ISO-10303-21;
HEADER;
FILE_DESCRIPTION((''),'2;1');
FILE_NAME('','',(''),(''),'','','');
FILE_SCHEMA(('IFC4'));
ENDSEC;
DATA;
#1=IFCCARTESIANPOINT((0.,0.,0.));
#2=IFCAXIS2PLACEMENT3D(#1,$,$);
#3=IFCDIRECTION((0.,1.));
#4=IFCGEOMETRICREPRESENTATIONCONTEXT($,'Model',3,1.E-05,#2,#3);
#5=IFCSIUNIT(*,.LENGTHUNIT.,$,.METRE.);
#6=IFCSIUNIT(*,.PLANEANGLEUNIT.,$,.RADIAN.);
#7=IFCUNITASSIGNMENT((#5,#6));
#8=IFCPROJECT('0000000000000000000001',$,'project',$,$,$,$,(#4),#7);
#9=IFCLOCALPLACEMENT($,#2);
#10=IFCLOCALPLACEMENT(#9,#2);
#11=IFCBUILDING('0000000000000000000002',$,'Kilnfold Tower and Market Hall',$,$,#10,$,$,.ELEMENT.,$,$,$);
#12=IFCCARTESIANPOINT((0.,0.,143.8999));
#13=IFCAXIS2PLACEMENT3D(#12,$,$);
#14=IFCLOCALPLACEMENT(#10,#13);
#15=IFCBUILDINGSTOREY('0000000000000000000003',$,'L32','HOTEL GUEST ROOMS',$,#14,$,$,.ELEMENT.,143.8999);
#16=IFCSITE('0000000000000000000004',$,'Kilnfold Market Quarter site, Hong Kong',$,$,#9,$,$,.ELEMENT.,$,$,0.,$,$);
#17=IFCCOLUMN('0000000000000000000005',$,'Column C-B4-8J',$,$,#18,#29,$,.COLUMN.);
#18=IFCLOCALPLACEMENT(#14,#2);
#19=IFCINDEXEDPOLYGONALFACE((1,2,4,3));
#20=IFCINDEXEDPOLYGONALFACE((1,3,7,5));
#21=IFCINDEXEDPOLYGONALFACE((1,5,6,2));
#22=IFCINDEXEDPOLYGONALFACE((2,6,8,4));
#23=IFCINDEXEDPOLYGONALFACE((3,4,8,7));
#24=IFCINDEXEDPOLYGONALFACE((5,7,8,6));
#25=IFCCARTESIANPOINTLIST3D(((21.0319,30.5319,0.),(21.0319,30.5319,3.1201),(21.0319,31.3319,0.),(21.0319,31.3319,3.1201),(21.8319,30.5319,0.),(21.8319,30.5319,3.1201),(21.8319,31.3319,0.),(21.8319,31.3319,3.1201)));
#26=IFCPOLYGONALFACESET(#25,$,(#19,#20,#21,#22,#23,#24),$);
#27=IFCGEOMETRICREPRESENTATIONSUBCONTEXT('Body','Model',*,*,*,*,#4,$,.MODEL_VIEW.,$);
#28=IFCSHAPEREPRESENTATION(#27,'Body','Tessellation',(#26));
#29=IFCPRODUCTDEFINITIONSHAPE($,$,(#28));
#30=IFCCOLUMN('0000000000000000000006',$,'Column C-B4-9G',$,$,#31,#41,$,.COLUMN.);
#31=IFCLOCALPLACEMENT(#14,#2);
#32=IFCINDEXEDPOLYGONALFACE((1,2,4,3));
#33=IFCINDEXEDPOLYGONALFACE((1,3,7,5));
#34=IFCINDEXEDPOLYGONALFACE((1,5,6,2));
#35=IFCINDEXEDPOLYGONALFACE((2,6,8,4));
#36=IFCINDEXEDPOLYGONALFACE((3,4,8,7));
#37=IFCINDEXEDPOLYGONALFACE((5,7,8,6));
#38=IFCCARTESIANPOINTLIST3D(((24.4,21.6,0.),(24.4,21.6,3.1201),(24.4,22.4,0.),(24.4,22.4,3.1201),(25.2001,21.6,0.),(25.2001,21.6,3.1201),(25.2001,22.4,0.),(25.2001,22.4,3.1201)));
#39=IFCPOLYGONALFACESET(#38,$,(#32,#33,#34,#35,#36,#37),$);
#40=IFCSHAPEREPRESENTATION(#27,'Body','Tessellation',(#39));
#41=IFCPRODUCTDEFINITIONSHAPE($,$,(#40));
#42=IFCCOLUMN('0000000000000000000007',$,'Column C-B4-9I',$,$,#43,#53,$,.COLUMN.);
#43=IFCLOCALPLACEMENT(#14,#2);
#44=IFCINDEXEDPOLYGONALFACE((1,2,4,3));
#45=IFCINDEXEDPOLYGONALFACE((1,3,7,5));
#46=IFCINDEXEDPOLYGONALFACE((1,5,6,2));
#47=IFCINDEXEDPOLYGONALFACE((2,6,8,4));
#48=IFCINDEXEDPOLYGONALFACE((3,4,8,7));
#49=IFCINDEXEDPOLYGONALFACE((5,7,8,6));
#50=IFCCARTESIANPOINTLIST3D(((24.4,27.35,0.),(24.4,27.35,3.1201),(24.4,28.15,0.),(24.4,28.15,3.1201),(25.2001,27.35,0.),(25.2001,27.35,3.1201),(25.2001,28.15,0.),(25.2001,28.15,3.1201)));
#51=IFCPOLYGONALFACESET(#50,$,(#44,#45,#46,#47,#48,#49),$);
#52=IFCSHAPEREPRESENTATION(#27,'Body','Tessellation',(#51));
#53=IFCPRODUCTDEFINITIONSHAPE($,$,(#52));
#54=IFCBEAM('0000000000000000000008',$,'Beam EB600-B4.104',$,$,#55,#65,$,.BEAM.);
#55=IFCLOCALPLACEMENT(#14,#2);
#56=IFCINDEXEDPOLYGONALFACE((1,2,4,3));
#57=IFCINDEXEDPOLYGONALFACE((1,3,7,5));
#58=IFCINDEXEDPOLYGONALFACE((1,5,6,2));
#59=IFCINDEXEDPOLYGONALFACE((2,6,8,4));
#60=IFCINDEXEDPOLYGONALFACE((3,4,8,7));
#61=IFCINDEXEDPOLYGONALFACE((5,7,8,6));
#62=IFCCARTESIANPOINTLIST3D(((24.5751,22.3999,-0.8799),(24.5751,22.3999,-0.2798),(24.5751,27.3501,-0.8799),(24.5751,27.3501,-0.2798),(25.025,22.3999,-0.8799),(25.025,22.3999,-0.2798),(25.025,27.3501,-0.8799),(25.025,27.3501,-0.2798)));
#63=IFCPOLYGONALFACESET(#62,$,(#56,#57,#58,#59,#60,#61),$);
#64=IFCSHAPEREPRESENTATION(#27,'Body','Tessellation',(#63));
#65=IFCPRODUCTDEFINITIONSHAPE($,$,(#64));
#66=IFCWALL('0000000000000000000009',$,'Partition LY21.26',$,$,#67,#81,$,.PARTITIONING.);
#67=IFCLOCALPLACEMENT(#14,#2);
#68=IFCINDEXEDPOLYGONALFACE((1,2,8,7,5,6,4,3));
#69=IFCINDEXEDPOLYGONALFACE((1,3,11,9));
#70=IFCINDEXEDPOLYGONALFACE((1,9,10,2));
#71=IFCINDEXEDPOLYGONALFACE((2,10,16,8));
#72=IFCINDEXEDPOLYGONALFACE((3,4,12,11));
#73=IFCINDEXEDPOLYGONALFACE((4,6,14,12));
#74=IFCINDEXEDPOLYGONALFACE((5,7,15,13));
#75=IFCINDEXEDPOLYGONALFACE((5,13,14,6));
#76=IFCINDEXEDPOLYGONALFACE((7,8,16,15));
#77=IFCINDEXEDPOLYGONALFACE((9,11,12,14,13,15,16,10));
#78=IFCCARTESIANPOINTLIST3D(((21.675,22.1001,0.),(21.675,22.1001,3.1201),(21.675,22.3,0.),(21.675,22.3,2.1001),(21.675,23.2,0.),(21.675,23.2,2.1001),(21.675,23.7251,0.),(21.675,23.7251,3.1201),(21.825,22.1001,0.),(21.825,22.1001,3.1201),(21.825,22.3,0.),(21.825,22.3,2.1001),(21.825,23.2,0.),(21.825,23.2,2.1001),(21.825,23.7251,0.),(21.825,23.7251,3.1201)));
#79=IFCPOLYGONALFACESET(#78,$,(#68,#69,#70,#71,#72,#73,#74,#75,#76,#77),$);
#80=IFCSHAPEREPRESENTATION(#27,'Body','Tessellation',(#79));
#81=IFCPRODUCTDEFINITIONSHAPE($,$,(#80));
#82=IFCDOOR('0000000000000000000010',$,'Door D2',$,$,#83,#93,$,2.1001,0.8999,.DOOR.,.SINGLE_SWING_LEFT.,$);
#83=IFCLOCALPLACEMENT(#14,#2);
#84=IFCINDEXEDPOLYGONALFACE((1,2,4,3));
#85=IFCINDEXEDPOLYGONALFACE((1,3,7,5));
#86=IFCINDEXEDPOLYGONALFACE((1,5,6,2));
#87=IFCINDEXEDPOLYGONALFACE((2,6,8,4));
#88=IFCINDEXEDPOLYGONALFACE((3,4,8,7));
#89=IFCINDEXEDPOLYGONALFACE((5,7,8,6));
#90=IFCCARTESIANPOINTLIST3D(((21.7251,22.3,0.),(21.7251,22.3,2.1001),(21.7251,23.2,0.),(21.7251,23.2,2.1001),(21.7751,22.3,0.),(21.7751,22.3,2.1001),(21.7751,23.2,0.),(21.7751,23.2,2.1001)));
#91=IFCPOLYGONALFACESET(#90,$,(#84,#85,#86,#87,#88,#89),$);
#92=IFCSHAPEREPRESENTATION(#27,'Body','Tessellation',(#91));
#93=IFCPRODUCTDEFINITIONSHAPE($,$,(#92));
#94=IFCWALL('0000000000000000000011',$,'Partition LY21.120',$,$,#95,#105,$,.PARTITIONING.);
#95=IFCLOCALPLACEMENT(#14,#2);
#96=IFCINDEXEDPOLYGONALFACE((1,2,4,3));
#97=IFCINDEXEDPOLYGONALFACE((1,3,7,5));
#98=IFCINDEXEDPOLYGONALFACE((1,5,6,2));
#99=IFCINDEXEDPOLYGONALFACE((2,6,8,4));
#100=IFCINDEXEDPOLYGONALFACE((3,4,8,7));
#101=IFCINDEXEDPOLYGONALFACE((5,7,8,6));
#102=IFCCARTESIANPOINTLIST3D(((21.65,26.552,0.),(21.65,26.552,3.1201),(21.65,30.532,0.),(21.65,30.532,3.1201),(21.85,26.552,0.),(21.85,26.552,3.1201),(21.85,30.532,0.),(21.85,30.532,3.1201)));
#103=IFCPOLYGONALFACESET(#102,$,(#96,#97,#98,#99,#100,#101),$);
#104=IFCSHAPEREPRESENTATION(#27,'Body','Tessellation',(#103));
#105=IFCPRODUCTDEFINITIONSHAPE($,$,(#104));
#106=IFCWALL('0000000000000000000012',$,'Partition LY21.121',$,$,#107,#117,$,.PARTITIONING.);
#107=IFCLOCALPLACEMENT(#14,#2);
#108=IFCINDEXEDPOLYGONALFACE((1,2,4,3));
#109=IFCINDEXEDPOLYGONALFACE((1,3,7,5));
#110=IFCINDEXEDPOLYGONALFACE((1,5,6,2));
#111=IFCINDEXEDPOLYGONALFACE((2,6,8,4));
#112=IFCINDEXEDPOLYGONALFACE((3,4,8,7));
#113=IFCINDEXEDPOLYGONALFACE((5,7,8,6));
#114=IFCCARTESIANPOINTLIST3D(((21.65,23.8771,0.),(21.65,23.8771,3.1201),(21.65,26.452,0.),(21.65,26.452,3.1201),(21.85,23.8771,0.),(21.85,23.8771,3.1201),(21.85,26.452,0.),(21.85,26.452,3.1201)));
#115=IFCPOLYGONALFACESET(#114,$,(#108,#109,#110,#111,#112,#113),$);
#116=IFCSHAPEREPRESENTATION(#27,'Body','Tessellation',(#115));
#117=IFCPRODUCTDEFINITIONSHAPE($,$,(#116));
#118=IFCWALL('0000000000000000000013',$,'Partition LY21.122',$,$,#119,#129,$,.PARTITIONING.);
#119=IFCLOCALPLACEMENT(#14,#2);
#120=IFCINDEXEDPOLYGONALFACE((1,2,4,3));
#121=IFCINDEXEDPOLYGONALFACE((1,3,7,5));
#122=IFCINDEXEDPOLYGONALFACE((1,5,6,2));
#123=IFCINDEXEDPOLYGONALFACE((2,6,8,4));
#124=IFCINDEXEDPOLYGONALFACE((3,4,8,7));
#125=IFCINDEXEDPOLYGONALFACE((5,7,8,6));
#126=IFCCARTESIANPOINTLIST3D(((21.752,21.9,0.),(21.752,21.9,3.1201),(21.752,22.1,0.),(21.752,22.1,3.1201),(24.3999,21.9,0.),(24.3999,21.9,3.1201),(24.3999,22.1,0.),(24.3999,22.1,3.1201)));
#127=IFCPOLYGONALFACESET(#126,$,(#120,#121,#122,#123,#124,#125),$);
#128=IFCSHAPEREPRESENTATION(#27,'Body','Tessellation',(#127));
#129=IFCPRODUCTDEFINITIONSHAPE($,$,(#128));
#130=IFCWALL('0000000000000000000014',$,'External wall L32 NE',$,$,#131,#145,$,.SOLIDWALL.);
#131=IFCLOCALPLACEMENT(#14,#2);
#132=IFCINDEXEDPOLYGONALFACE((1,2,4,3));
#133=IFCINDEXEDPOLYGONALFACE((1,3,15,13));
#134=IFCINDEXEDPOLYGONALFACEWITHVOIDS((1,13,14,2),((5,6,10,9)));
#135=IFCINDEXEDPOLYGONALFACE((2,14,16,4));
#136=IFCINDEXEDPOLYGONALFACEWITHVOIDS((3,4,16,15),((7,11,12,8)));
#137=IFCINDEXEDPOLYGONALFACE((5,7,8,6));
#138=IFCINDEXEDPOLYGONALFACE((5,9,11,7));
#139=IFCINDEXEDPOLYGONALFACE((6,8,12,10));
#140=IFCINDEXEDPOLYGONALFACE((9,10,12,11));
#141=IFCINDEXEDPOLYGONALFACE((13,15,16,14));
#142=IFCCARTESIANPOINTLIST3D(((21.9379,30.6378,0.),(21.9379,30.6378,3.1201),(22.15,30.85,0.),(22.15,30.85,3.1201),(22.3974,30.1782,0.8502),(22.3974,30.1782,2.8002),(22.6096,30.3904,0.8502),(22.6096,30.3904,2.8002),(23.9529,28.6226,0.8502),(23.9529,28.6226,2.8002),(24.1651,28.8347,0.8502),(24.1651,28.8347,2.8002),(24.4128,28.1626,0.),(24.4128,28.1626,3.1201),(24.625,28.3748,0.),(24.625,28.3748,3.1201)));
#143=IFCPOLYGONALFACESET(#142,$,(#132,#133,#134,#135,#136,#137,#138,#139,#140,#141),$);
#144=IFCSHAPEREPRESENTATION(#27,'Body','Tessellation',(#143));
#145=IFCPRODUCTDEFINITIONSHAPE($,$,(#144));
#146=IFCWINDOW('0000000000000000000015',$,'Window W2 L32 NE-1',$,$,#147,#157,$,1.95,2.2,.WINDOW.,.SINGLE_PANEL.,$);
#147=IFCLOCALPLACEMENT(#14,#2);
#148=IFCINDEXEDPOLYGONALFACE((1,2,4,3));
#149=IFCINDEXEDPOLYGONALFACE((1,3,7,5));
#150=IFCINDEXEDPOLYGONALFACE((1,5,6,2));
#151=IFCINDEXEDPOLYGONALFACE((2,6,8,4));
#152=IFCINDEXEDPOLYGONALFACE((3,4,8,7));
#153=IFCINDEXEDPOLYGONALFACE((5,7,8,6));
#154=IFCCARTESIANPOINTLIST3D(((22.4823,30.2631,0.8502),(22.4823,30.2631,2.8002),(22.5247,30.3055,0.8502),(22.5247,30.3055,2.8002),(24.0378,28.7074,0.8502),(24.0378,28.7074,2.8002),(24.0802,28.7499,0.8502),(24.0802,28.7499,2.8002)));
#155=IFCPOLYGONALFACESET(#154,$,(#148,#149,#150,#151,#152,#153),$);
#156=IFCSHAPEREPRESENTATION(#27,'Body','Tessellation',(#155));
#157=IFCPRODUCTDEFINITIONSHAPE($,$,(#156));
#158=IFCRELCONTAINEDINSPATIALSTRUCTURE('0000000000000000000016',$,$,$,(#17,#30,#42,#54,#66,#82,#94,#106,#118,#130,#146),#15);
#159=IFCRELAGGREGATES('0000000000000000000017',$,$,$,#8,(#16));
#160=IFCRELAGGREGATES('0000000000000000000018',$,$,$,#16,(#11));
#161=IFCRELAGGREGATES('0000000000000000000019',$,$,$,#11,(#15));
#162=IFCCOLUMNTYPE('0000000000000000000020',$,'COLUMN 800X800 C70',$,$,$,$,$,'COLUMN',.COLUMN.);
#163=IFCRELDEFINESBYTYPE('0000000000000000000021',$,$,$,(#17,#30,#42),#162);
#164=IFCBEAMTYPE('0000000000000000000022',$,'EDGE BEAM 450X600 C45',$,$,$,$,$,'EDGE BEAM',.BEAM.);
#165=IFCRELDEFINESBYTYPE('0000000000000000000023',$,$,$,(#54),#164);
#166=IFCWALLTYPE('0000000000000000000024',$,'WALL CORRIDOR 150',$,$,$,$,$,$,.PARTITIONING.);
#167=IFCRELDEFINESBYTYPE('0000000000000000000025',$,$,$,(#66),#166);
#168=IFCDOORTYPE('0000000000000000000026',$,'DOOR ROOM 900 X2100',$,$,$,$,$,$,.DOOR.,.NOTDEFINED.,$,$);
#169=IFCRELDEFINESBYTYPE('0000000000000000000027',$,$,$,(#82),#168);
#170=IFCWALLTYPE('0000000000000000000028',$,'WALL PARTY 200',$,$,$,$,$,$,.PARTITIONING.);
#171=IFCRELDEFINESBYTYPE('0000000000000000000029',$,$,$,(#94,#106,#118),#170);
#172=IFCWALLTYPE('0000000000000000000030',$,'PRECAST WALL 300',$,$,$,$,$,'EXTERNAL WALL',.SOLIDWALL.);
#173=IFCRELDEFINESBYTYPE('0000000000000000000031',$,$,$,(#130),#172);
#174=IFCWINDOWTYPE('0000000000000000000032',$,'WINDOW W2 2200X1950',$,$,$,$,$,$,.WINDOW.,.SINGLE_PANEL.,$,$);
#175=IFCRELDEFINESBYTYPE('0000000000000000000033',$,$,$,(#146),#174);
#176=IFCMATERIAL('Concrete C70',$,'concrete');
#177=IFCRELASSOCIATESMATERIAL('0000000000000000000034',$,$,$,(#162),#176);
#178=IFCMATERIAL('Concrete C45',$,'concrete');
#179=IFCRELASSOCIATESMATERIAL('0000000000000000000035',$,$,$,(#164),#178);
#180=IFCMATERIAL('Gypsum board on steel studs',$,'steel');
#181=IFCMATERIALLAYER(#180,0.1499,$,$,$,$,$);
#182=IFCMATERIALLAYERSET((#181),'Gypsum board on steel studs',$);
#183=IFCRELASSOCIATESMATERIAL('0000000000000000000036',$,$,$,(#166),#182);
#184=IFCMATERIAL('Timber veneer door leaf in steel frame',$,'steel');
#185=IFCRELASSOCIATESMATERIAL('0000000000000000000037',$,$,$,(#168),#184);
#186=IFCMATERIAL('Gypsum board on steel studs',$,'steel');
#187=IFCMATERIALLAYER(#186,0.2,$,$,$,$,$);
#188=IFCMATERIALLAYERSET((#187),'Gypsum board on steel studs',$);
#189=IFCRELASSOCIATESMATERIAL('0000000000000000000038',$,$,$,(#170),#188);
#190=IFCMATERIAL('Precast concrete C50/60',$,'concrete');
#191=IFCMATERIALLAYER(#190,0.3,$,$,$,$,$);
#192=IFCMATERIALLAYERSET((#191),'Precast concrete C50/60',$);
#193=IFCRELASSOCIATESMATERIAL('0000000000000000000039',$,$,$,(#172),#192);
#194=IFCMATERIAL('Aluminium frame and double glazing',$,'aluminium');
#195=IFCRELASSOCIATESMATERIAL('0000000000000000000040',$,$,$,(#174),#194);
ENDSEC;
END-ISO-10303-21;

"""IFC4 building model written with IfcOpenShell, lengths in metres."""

from ifc_helpers import new_model, si_unit, direction, frame, frame_2d, origin, origin_2d, place, context, subcontext, project, spatial, rectangle, extrude, source, transform, mapped, material, layer, layer_set, material_profile, profile_set, type_object, element, fill, save


model = new_model("IFC4")

# Units and contexts
model_context = context("Model", 3, precision=1e-05, world=origin(), true_north=direction((0.0, 1.0)))
body_context = subcontext(model_context, "Body", "Model", "MODEL_VIEW")
ifc_project = project(units=[si_unit("LENGTHUNIT", "METRE"), si_unit("PLANEANGLEUNIT", "RADIAN")], contexts=[model_context])

# Site, building, storey
site_placement = place(None, origin())
site = spatial("IfcSite", under=ifc_project, at=site_placement, Name="Kilnfold Market Quarter site, Hong Kong", CompositionType="ELEMENT", RefElevation=0.0)
building_placement = place(site_placement, origin())
building = spatial("IfcBuilding", under=site, at=building_placement, Name="Kilnfold Tower and Market Hall", CompositionType="ELEMENT")
storey_placement = place(building_placement, frame((0.0, 0.0, 143.8999)))
storey = spatial("IfcBuildingStorey", under=building, at=storey_placement, Name="L32", Description="HOTEL GUEST ROOMS", CompositionType="ELEMENT", Elevation=143.8999)

# Columns
ifc_material_1 = material(Name="Concrete C70", Category="concrete")
ifc_material_profile_1 = material_profile(ifc_material_1, rectangle(XDim=0.8, YDim=0.8, at=origin_2d()), Name="RC 800x800")
ifc_profile_set_1 = profile_set([ifc_material_profile_1], Name="Concrete C70")
column_type = type_object("IfcColumnType", Name="COLUMN 800X800 C70", ElementType="COLUMN", PredefinedType="COLUMN", material=ifc_profile_set_1)
shared_shape_1 = source(origin(), body_context, "Body", "SweptSolid", [
    extrude(rectangle(XDim=0.8, YDim=0.8, at=origin_2d()), origin(), (0.0, 0.0, 1.0), 3.1201),
])
for number, where, z_axis, x_axis, name in (
    (1, (21.4319, 30.9319, 0.0), (0.0, 0.0, 1.0), (1.0, 0.0, 0.0), "Column C-B4-8J"),
    (2, (24.8, 22.0, 0.0), (0.0, 0.0, 1.0), (1.0, 0.0, 0.0), "Column C-B4-9G"),
    (3, (24.8, 27.75, 0.0), (0.0, 0.0, 1.0), (1.0, 0.0, 0.0), "Column C-B4-9I"),
):
    element("IfcColumn", number, at=place(storey_placement, frame(where, z_axis=z_axis, x_axis=x_axis)), inside=storey, type_object=column_type, Name=name, PredefinedType="COLUMN", context=body_context, shape_type="MappedRepresentation", body=[
        mapped(shared_shape_1, transform((0.0, 0.0, 0.0))),
    ])

# Beam
ifc_material_2 = material(Name="Concrete C45", Category="concrete")
ifc_material_profile_2 = material_profile(ifc_material_2, rectangle(XDim=0.45, YDim=0.6001, at=origin_2d()), Name="RC 450x600")
ifc_profile_set_2 = profile_set([ifc_material_profile_2], Name="Concrete C45")
beam_type = type_object("IfcBeamType", Name="EDGE BEAM 450X600 C45", ElementType="EDGE BEAM", PredefinedType="BEAM", material=ifc_profile_set_2)
shared_shape_2 = source(origin(), body_context, "Body", "SweptSolid", [
    extrude(rectangle(XDim=0.45, YDim=0.6001, at=origin_2d()), origin(), (0.0, 0.0, 1.0), 4.9502),
])
beam_placement = place(storey_placement, frame((24.8, 22.3999, -0.5798), z_axis=(0.0, 1.0, 0.0), x_axis=(-1.0, 0.0, 0.0)))
element("IfcBeam", 4, at=beam_placement, inside=storey, type_object=beam_type, Name="Beam EB600-B4.104", PredefinedType="BEAM", context=body_context, shape_type="MappedRepresentation", body=[
    mapped(shared_shape_2, transform((0.0, 0.0, 0.0))),
])

# Wall, opening, door
ifc_material_3 = material(Name="Gypsum board on steel studs", Category="steel")
ifc_layer_1 = layer(ifc_material_3, 0.1499)
ifc_layer_set_1 = layer_set([ifc_layer_1], Name="Gypsum board on steel studs")
wall_type_1 = type_object("IfcWallType", Name="WALL CORRIDOR 150", PredefinedType="PARTITIONING", material=ifc_layer_set_1)
wall_1_placement = place(storey_placement, frame((21.75, 22.1001, 0.0), z_axis=(0.0, 0.0, 1.0), x_axis=(0.0, 1.0, 0.0)))
wall_1 = element("IfcWall", 5, at=wall_1_placement, inside=storey, type_object=wall_type_1, Name="Partition LY21.26", PredefinedType="PARTITIONING", context=body_context, shape_type="SweptSolid", body=[
    extrude(rectangle(XDim=1.625, YDim=0.1499, at=frame_2d((0.8125, 0.0))), origin(), (0.0, 0.0, 1.0), 3.1201),
])
opening_1_placement = place(wall_1_placement, frame((0.2, 0.0, 0.0)))
opening_1 = element("IfcOpeningElement", 6, at=opening_1_placement, cuts=wall_1, PredefinedType="OPENING", context=body_context, shape_type="SweptSolid", body=[
    extrude(rectangle(XDim=0.8999, YDim=2.1001, at=frame_2d((0.45, 1.05))), frame((0.0, 0.085, 0.0), z_axis=(0.0, -1.0, 0.0), x_axis=(1.0, 0.0, 0.0)), (0.0, 0.0, 1.0), 0.1699),
])
ifc_material_4 = material(Name="Timber veneer door leaf in steel frame", Category="steel")
door_type_1 = type_object("IfcDoorType", Name="DOOR ROOM 900 X2100", OperationType="NOTDEFINED", PredefinedType="DOOR", material=ifc_material_4)
door_1_placement = place(opening_1_placement, origin())
door_1 = element("IfcDoor", 7, at=door_1_placement, inside=storey, type_object=door_type_1, Name="Door D2", OperationType="SINGLE_SWING_LEFT", OverallHeight=2.1001, OverallWidth=0.8999, PredefinedType="DOOR", context=body_context, shape_type="SweptSolid", body=[
    extrude(rectangle(XDim=0.8999, YDim=2.1001, at=frame_2d((0.45, 1.05))), frame((0.0, 0.0249, 0.0), z_axis=(0.0, -1.0, 0.0), x_axis=(1.0, 0.0, 0.0)), (0.0, 0.0, 1.0), 0.05),
])
fill(opening_1, door_1)

# Walls
ifc_material_5 = material(Name="Gypsum board on steel studs", Category="steel")
ifc_layer_2 = layer(ifc_material_5, 0.2)
ifc_layer_set_2 = layer_set([ifc_layer_2], Name="Gypsum board on steel studs")
wall_type_2 = type_object("IfcWallType", Name="WALL PARTY 200", PredefinedType="PARTITIONING", material=ifc_layer_set_2)
wall_2_placement = place(storey_placement, frame((21.75, 26.552, 0.0), z_axis=(0.0, 0.0, 1.0), x_axis=(0.0, 1.0, 0.0)))
element("IfcWall", 8, at=wall_2_placement, inside=storey, type_object=wall_type_2, Name="Partition LY21.120", PredefinedType="PARTITIONING", context=body_context, shape_type="SweptSolid", body=[
    extrude(rectangle(XDim=3.98, YDim=0.2, at=frame_2d((1.99, 0.0))), origin(), (0.0, 0.0, 1.0), 3.1201),
])
wall_3_placement = place(storey_placement, frame((21.75, 23.877, 0.0), z_axis=(0.0, 0.0, 1.0), x_axis=(0.0, 1.0, 0.0)))
element("IfcWall", 9, at=wall_3_placement, inside=storey, type_object=wall_type_2, Name="Partition LY21.121", PredefinedType="PARTITIONING", context=body_context, shape_type="SweptSolid", body=[
    extrude(rectangle(XDim=2.575, YDim=0.2, at=frame_2d((1.2876, 0.0))), origin(), (0.0, 0.0, 1.0), 3.1201),
])
wall_4_placement = place(storey_placement, frame((21.752, 22.0, 0.0), z_axis=(0.0, 0.0, 1.0), x_axis=(1.0, 0.0, 0.0)))
element("IfcWall", 10, at=wall_4_placement, inside=storey, type_object=wall_type_2, Name="Partition LY21.122", PredefinedType="PARTITIONING", context=body_context, shape_type="SweptSolid", body=[
    extrude(rectangle(XDim=2.6479, YDim=0.2, at=frame_2d((1.324, 0.0))), origin(), (0.0, 0.0, 1.0), 3.1201),
])

# Wall, opening, window
ifc_material_6 = material(Name="Precast concrete C50/60", Category="concrete")
ifc_layer_3 = layer(ifc_material_6, 0.3)
ifc_layer_set_3 = layer_set([ifc_layer_3], Name="Precast concrete C50/60")
wall_type_3 = type_object("IfcWallType", Name="PRECAST WALL 300", ElementType="EXTERNAL WALL", PredefinedType="SOLIDWALL", material=ifc_layer_set_3)
shared_shape_3 = source(origin(), body_context, "Body", "SweptSolid", [
    extrude(rectangle(XDim=3.5002, YDim=0.3, at=frame_2d((1.75, 0.0))), origin(), (0.0, 0.0, 1.0), 3.1201),
])
wall_5_placement = place(storey_placement, frame((24.5188, 28.2688, 0.0), z_axis=(0.0, 0.0, 1.0), x_axis=(-0.707072, 0.707142, 0.0)))
wall_5 = element("IfcWall", 11, at=wall_5_placement, inside=storey, type_object=wall_type_3, Name="External wall L32 NE", PredefinedType="SOLIDWALL", context=body_context, shape_type="MappedRepresentation", body=[
    mapped(shared_shape_3, transform((0.0, 0.0, 0.0))),
])
opening_2_placement = place(wall_5_placement, frame((0.6501, 0.0, 0.8501)))
opening_2 = element("IfcOpeningElement", 12, at=opening_2_placement, cuts=wall_5, PredefinedType="OPENING", context=body_context, shape_type="SweptSolid", body=[
    extrude(rectangle(XDim=2.2, YDim=1.95, at=frame_2d((1.1001, 0.9751))), frame((0.0, 0.1602, 0.0), z_axis=(0.0, -1.0, 0.0), x_axis=(1.0, 0.0, 0.0)), (0.0, 0.0, 1.0), 0.3201),
])
ifc_material_7 = material(Name="Aluminium frame and double glazing", Category="aluminium")
window_type_1 = type_object("IfcWindowType", Name="WINDOW W2 2200X1950", PartitioningType="SINGLE_PANEL", PredefinedType="WINDOW", material=ifc_material_7)
window_1_placement = place(opening_2_placement, origin())
window_1 = element("IfcWindow", 13, at=window_1_placement, inside=storey, type_object=window_type_1, Name="Window W2 L32 NE-1", OverallHeight=1.95, OverallWidth=2.2, PartitioningType="SINGLE_PANEL", PredefinedType="WINDOW", context=body_context, shape_type="SweptSolid", body=[
    extrude(rectangle(XDim=2.2, YDim=1.95, at=frame_2d((1.1001, 0.9751))), frame((0.0, 0.03, 0.0), z_axis=(0.0, -1.0, 0.0), x_axis=(1.0, 0.0, 0.0)), (0.0, 0.0, 1.0), 0.0601),
])
fill(opening_2, window_1)

save(model, "model.ifc")
